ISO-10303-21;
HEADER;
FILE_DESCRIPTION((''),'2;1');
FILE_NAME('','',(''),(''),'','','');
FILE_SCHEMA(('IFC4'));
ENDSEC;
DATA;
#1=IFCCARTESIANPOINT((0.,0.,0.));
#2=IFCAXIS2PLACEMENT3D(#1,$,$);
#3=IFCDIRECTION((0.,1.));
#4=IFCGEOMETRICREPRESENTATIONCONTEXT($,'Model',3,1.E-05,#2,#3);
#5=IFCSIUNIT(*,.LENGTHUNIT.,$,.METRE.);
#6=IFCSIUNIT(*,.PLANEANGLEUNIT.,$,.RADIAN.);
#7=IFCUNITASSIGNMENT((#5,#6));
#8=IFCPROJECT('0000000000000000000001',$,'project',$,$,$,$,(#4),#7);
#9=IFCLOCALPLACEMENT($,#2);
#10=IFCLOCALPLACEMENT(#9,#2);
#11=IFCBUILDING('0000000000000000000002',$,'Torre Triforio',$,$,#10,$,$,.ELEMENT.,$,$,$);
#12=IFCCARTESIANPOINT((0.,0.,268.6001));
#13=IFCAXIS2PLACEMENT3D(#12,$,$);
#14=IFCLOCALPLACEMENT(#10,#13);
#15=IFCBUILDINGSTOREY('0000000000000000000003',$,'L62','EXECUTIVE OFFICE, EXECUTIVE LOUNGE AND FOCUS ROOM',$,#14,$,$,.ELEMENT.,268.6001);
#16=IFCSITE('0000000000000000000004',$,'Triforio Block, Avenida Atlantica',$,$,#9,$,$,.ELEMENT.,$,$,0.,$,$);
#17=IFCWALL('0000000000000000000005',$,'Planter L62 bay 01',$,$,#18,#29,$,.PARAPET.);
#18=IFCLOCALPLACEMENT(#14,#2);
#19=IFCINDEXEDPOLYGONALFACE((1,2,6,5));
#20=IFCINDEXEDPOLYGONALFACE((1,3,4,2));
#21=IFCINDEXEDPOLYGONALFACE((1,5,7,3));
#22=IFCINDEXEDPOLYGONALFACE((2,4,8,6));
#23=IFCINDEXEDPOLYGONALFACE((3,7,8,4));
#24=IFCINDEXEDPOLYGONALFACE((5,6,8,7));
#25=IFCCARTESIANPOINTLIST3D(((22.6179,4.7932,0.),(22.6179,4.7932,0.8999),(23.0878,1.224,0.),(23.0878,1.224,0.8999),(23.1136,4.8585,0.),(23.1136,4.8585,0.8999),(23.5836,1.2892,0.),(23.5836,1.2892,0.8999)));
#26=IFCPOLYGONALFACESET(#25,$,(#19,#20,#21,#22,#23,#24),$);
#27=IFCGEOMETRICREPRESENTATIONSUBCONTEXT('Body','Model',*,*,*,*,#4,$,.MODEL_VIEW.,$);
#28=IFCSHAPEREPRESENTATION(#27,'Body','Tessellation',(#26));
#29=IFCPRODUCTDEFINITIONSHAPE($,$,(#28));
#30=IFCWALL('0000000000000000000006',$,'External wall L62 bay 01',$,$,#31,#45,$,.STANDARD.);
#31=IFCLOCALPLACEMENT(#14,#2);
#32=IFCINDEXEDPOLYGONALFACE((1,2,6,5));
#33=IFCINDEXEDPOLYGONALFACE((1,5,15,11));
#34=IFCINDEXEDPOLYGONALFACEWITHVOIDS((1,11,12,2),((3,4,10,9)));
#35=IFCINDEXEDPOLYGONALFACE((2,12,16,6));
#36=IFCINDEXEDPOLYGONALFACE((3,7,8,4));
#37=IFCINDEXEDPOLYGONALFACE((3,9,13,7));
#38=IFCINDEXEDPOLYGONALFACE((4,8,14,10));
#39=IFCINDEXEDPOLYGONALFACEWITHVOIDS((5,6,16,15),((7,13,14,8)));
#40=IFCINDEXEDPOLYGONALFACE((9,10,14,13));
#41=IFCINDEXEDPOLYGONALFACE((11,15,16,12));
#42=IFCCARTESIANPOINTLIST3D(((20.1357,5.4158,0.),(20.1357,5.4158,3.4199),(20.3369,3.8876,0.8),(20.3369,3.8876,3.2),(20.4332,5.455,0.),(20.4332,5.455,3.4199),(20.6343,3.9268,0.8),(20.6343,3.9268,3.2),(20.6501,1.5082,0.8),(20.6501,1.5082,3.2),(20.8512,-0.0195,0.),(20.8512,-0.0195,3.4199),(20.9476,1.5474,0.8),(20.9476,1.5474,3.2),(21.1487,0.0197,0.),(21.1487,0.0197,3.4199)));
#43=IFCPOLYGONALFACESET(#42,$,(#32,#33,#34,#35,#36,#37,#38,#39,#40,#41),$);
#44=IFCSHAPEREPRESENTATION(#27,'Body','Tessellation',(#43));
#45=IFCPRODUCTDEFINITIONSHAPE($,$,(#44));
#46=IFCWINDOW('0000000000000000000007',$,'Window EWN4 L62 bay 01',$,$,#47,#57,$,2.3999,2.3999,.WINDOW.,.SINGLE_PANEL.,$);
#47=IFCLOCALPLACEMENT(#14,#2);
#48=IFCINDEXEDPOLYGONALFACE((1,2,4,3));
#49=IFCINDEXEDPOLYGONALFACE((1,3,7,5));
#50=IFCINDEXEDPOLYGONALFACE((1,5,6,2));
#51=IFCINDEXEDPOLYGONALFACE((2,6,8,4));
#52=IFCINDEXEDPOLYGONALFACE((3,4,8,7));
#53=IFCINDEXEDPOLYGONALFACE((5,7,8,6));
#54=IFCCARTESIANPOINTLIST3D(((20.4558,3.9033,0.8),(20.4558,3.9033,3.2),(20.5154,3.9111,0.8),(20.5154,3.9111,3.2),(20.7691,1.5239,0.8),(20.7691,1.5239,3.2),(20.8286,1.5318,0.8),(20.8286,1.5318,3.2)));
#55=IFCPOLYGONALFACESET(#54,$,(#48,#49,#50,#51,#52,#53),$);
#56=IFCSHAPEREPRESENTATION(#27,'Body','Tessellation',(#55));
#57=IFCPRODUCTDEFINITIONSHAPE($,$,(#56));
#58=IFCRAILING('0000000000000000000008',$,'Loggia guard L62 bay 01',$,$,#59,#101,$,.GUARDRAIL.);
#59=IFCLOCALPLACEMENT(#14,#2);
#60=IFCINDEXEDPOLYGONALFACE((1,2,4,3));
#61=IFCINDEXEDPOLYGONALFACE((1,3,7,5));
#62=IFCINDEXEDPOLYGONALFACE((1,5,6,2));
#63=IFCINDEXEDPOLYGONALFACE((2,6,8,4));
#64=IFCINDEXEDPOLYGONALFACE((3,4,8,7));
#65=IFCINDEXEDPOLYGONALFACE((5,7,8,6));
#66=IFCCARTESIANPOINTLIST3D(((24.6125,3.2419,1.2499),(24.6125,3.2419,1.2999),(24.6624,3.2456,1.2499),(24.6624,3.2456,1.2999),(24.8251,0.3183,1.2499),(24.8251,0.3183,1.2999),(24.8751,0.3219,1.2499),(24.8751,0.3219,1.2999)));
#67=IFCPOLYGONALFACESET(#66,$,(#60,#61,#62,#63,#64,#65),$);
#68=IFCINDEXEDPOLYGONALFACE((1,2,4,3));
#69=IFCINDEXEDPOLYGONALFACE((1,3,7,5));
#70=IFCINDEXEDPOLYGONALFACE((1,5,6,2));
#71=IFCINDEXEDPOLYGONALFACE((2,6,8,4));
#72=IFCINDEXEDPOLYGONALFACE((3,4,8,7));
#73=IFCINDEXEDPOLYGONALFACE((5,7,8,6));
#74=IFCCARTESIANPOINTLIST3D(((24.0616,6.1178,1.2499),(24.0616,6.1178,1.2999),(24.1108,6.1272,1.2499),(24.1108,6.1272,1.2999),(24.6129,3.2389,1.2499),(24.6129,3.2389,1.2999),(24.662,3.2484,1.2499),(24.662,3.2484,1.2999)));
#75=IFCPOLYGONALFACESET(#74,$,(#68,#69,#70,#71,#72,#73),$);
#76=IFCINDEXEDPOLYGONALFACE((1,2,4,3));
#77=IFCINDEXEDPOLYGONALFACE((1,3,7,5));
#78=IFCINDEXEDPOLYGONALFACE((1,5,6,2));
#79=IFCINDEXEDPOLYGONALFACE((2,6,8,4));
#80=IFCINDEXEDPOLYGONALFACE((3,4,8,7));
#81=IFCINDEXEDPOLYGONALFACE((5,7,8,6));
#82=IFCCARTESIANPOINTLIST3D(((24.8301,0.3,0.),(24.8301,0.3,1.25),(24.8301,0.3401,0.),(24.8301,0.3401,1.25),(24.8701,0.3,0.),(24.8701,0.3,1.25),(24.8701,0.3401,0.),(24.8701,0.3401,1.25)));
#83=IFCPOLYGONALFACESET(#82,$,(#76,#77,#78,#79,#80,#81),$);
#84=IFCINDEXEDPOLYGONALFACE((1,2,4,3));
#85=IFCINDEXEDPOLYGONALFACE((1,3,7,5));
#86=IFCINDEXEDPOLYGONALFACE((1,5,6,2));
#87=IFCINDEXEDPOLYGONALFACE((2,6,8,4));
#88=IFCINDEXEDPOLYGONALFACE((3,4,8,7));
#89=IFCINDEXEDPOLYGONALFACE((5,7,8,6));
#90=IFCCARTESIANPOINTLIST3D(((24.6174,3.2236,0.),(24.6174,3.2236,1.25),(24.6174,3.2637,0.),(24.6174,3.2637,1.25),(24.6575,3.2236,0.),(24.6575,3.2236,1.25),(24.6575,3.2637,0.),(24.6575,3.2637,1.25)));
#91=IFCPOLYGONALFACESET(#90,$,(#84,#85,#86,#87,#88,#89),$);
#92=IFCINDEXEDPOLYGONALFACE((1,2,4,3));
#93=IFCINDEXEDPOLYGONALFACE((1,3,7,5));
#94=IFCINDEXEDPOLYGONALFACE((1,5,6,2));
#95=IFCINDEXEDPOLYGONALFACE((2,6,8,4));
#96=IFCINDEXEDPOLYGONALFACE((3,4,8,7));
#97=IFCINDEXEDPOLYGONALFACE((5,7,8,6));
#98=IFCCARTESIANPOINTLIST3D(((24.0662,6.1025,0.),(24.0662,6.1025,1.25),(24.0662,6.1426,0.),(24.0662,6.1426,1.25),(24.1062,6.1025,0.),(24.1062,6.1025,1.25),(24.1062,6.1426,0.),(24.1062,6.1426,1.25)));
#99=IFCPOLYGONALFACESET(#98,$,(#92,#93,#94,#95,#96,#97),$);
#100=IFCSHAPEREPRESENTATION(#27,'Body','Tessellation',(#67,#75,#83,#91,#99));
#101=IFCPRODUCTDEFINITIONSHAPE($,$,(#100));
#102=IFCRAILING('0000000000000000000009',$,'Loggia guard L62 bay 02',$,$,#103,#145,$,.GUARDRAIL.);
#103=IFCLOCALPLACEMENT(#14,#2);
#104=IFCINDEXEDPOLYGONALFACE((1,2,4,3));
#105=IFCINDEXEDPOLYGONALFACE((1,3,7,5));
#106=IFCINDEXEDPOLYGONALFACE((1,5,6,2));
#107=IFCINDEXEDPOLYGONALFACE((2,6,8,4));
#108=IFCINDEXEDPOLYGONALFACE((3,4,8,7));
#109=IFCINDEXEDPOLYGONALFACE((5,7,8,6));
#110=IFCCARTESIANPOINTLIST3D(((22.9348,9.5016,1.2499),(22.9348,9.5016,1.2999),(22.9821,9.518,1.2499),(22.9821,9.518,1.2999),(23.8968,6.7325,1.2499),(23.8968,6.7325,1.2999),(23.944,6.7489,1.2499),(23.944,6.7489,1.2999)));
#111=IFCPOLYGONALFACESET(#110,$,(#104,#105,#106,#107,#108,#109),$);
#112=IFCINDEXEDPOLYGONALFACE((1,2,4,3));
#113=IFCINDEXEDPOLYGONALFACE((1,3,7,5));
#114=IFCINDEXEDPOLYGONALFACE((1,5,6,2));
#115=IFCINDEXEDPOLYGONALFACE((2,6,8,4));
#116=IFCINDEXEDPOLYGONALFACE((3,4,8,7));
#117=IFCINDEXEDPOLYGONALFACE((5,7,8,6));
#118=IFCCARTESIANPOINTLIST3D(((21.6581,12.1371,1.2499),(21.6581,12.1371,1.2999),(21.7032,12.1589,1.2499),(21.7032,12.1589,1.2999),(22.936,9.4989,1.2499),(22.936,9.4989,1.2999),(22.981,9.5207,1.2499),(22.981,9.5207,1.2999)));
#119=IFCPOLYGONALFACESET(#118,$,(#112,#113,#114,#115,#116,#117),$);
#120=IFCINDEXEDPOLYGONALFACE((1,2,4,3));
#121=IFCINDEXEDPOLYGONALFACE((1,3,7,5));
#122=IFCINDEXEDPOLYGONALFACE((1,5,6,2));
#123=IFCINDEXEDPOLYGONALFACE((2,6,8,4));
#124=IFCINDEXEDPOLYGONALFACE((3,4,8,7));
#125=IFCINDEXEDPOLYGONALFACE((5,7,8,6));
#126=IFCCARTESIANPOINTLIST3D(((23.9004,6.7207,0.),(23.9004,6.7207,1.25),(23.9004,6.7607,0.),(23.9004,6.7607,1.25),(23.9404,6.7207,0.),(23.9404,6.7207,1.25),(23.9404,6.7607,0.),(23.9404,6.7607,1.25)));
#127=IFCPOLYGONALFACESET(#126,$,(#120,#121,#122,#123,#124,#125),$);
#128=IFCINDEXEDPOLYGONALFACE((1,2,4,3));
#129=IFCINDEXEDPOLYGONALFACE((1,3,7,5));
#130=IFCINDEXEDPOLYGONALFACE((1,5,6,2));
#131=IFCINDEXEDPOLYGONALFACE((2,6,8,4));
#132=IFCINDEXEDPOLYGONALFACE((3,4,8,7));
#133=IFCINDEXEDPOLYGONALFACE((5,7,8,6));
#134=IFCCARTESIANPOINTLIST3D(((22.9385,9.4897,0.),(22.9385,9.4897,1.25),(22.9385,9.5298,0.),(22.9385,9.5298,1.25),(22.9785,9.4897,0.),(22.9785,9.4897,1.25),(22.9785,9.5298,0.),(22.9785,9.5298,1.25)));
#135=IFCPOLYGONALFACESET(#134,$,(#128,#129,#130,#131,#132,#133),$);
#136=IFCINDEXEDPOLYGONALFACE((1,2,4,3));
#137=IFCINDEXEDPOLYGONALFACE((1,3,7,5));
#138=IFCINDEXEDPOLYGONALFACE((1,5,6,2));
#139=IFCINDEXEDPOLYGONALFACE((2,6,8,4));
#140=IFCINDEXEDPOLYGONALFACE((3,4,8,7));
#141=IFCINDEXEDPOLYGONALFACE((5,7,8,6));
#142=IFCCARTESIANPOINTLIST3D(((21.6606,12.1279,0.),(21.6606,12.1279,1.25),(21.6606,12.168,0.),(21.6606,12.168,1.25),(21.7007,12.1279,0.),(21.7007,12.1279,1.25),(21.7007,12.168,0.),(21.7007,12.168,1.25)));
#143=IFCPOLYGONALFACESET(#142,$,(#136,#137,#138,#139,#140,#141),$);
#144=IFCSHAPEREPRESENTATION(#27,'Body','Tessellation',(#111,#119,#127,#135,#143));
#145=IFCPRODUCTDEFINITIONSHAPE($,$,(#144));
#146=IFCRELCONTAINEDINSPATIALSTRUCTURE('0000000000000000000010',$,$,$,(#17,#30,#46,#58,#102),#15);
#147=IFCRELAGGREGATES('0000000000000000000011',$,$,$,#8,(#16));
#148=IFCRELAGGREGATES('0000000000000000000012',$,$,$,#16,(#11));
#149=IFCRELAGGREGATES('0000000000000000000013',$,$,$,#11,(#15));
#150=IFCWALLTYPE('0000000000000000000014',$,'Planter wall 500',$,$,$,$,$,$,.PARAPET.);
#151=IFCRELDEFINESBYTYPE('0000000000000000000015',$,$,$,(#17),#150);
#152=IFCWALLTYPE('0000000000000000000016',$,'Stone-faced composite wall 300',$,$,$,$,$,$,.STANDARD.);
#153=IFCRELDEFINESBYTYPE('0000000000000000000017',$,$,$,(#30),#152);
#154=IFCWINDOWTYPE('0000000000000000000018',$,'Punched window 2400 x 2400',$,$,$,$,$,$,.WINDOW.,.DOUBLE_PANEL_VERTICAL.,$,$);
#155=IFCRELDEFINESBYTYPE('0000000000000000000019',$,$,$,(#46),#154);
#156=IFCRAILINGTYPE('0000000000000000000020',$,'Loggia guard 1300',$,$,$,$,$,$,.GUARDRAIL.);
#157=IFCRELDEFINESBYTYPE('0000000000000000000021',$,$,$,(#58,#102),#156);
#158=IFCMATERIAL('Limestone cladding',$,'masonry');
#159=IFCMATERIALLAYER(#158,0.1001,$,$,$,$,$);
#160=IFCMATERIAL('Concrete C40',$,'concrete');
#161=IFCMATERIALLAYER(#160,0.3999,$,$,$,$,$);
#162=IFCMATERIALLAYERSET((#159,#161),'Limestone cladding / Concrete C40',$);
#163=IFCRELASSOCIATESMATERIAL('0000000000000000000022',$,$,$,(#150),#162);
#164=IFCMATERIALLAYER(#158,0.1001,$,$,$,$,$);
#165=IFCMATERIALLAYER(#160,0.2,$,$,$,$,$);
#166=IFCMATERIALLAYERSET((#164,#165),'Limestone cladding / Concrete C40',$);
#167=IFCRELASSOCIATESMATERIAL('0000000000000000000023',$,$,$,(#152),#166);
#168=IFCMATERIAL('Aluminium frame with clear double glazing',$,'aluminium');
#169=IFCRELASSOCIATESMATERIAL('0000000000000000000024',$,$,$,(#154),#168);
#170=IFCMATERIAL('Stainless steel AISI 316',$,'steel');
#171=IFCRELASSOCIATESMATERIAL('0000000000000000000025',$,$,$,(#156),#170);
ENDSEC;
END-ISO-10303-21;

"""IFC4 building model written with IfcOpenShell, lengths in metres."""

from ifc_helpers import new_model, si_unit, direction, frame, frame_2d, origin, origin_2d, place, context, subcontext, project, spatial, rectangle, extrude, material, layer, layer_set, type_object, element, fill, save


model = new_model("IFC4")

# Units and contexts
model_context = context("Model", 3, precision=1e-05, world=origin(), true_north=direction((0.0, 1.0)))
body_context = subcontext(model_context, "Body", "Model", "MODEL_VIEW")
ifc_project = project(units=[si_unit("LENGTHUNIT", "METRE"), si_unit("PLANEANGLEUNIT", "RADIAN")], contexts=[model_context])

# Site, building, storey
site_placement = place(None, origin())
site = spatial("IfcSite", under=ifc_project, at=site_placement, Name="Triforio Block, Avenida Atlantica", CompositionType="ELEMENT", RefElevation=0.0)
building_placement = place(site_placement, origin())
building = spatial("IfcBuilding", under=site, at=building_placement, Name="Torre Triforio", CompositionType="ELEMENT")
storey_placement = place(building_placement, frame((0.0, 0.0, 268.6001)))
storey = spatial("IfcBuildingStorey", under=building, at=storey_placement, Name="L62", Description="EXECUTIVE OFFICE, EXECUTIVE LOUNGE AND FOCUS ROOM", CompositionType="ELEMENT", Elevation=268.6001)

# Shared definitions
ifc_material_1 = material(Name="Concrete C40", Category="concrete")

# Wall
ifc_material_2 = material(Name="Limestone cladding", Category="masonry")
ifc_layer_1 = layer(ifc_material_2, 0.1001)
ifc_layer_2 = layer(ifc_material_1, 0.3999)
ifc_layer_set_1 = layer_set([ifc_layer_1, ifc_layer_2], Name="Limestone cladding / Concrete C40")
wall_type_1 = type_object("IfcWallType", Name="Planter wall 500", PredefinedType="PARAPET", material=ifc_layer_set_1)
wall_1_placement = place(storey_placement, frame((23.3357, 1.2566, 0.0), z_axis=(0.0, 0.0, 1.0), x_axis=(-0.130542, 0.991443, 0.0)))
element("IfcWall", 1, at=wall_1_placement, inside=storey, type_object=wall_type_1, Name="Planter L62 bay 01", PredefinedType="PARAPET", context=body_context, shape_type="SweptSolid", body=[
    extrude(rectangle(XDim=3.6001, YDim=0.5, at=frame_2d((1.8, 0.0))), origin(), (0.0, 0.0, 1.0), 0.8999),
])

# Wall, opening, window
ifc_layer_3 = layer(ifc_material_2, 0.1001)
ifc_layer_4 = layer(ifc_material_1, 0.2)
ifc_layer_set_2 = layer_set([ifc_layer_3, ifc_layer_4], Name="Limestone cladding / Concrete C40")
wall_type_2 = type_object("IfcWallType", Name="Stone-faced composite wall 300", PredefinedType="STANDARD", material=ifc_layer_set_2)
wall_2_placement = place(storey_placement, frame((21.0, 0.0, 0.0), z_axis=(0.0, 0.0, 1.0), x_axis=(-0.130527, 0.991445, 0.0)))
wall_2 = element("IfcWall", 2, at=wall_2_placement, inside=storey, type_object=wall_type_2, Name="External wall L62 bay 01", PredefinedType="STANDARD", context=body_context, shape_type="SweptSolid", body=[
    extrude(rectangle(XDim=5.4822, YDim=0.3, at=frame_2d((2.7412, 0.0))), origin(), (0.0, 0.0, 1.0), 3.4199),
])
opening_1_placement = place(wall_2_placement, frame((1.541, 0.0, 0.8)))
opening_1 = element("IfcOpeningElement", 3, at=opening_1_placement, cuts=wall_2, PredefinedType="OPENING", context=body_context, shape_type="SweptSolid", body=[
    extrude(rectangle(XDim=2.3999, YDim=2.3999, at=frame_2d((1.2, 1.2))), frame((0.0, 0.1599, 0.0), z_axis=(0.0, -1.0, 0.0), x_axis=(1.0, 0.0, 0.0)), (0.0, 0.0, 1.0), 0.3201),
])
ifc_material_3 = material(Name="Aluminium frame with clear double glazing", Category="aluminium")
window_type_1 = type_object("IfcWindowType", Name="Punched window 2400 x 2400", PartitioningType="DOUBLE_PANEL_VERTICAL", PredefinedType="WINDOW", material=ifc_material_3)
window_1_placement = place(opening_1_placement, origin())
window_1 = element("IfcWindow", 4, at=window_1_placement, inside=storey, type_object=window_type_1, Name="Window EWN4 L62 bay 01", OverallHeight=2.3999, OverallWidth=2.3999, PartitioningType="SINGLE_PANEL", PredefinedType="WINDOW", context=body_context, shape_type="SweptSolid", body=[
    extrude(rectangle(XDim=2.3999, YDim=2.3999, at=frame_2d((1.2, 1.2))), frame((0.0, 0.03, 0.0), z_axis=(0.0, -1.0, 0.0), x_axis=(1.0, 0.0, 0.0)), (0.0, 0.0, 1.0), 0.0601),
])
fill(opening_1, window_1)

# Railings
ifc_material_4 = material(Name="Stainless steel AISI 316", Category="steel")
railing_type = type_object("IfcRailingType", Name="Loggia guard 1300", PredefinedType="GUARDRAIL", material=ifc_material_4)
railing_1_placement = place(storey_placement, frame((24.8501, 0.3201, 0.0)))
element("IfcRailing", 5, at=railing_1_placement, inside=storey, type_object=railing_type, Name="Loggia guard L62 bay 01", PredefinedType="GUARDRAIL", context=body_context, shape_type="SweptSolid", body=[
    extrude(rectangle(XDim=0.05, YDim=0.05, at=origin_2d()), frame((0.0, 0.0, 1.2749), z_axis=(-0.072543, 0.997365, 0.0), x_axis=(-0.997365, -0.072543, 0.0)), (0.0, 0.0, 1.0), 2.9314),
    extrude(rectangle(XDim=0.05, YDim=0.05, at=origin_2d()), frame((-0.2126, 2.9236, 1.2749), z_axis=(-0.188069, 0.982156, 0.0), x_axis=(-0.982156, -0.188069, 0.0)), (0.0, 0.0, 1.0), 2.9312),
    extrude(rectangle(XDim=0.04, YDim=0.04, at=origin_2d()), origin(), (0.0, 0.0, 1.0), 1.25),
    extrude(rectangle(XDim=0.04, YDim=0.04, at=origin_2d()), frame((-0.2126, 2.9236, 0.0)), (0.0, 0.0, 1.0), 1.25),
    extrude(rectangle(XDim=0.04, YDim=0.04, at=origin_2d()), frame((-0.7639, 5.8025, 0.0)), (0.0, 0.0, 1.0), 1.25),
])
railing_2_placement = place(storey_placement, frame((23.9204, 6.7407, 0.0)))
element("IfcRailing", 6, at=railing_2_placement, inside=storey, type_object=railing_type, Name="Loggia guard L62 bay 02", PredefinedType="GUARDRAIL", context=body_context, shape_type="SweptSolid", body=[
    extrude(rectangle(XDim=0.05, YDim=0.05, at=origin_2d()), frame((0.0, 0.0, 1.2749), z_axis=(-0.328146, 0.944627, 0.0), x_axis=(-0.944627, -0.328146, 0.0)), (0.0, 0.0, 1.0), 2.9314),
    extrude(rectangle(XDim=0.05, YDim=0.05, at=origin_2d()), frame((-0.9619, 2.769, 1.2749), z_axis=(-0.435918, 0.899986, 0.0), x_axis=(-0.899986, -0.435918, 0.0)), (0.0, 0.0, 1.0), 2.9314),
    extrude(rectangle(XDim=0.04, YDim=0.04, at=origin_2d()), origin(), (0.0, 0.0, 1.0), 1.25),
    extrude(rectangle(XDim=0.04, YDim=0.04, at=origin_2d()), frame((-0.9619, 2.769, 0.0)), (0.0, 0.0, 1.0), 1.25),
    extrude(rectangle(XDim=0.04, YDim=0.04, at=origin_2d()), frame((-2.2397, 5.4072, 0.0)), (0.0, 0.0, 1.0), 1.25),
])

save(model, "model.ifc")
